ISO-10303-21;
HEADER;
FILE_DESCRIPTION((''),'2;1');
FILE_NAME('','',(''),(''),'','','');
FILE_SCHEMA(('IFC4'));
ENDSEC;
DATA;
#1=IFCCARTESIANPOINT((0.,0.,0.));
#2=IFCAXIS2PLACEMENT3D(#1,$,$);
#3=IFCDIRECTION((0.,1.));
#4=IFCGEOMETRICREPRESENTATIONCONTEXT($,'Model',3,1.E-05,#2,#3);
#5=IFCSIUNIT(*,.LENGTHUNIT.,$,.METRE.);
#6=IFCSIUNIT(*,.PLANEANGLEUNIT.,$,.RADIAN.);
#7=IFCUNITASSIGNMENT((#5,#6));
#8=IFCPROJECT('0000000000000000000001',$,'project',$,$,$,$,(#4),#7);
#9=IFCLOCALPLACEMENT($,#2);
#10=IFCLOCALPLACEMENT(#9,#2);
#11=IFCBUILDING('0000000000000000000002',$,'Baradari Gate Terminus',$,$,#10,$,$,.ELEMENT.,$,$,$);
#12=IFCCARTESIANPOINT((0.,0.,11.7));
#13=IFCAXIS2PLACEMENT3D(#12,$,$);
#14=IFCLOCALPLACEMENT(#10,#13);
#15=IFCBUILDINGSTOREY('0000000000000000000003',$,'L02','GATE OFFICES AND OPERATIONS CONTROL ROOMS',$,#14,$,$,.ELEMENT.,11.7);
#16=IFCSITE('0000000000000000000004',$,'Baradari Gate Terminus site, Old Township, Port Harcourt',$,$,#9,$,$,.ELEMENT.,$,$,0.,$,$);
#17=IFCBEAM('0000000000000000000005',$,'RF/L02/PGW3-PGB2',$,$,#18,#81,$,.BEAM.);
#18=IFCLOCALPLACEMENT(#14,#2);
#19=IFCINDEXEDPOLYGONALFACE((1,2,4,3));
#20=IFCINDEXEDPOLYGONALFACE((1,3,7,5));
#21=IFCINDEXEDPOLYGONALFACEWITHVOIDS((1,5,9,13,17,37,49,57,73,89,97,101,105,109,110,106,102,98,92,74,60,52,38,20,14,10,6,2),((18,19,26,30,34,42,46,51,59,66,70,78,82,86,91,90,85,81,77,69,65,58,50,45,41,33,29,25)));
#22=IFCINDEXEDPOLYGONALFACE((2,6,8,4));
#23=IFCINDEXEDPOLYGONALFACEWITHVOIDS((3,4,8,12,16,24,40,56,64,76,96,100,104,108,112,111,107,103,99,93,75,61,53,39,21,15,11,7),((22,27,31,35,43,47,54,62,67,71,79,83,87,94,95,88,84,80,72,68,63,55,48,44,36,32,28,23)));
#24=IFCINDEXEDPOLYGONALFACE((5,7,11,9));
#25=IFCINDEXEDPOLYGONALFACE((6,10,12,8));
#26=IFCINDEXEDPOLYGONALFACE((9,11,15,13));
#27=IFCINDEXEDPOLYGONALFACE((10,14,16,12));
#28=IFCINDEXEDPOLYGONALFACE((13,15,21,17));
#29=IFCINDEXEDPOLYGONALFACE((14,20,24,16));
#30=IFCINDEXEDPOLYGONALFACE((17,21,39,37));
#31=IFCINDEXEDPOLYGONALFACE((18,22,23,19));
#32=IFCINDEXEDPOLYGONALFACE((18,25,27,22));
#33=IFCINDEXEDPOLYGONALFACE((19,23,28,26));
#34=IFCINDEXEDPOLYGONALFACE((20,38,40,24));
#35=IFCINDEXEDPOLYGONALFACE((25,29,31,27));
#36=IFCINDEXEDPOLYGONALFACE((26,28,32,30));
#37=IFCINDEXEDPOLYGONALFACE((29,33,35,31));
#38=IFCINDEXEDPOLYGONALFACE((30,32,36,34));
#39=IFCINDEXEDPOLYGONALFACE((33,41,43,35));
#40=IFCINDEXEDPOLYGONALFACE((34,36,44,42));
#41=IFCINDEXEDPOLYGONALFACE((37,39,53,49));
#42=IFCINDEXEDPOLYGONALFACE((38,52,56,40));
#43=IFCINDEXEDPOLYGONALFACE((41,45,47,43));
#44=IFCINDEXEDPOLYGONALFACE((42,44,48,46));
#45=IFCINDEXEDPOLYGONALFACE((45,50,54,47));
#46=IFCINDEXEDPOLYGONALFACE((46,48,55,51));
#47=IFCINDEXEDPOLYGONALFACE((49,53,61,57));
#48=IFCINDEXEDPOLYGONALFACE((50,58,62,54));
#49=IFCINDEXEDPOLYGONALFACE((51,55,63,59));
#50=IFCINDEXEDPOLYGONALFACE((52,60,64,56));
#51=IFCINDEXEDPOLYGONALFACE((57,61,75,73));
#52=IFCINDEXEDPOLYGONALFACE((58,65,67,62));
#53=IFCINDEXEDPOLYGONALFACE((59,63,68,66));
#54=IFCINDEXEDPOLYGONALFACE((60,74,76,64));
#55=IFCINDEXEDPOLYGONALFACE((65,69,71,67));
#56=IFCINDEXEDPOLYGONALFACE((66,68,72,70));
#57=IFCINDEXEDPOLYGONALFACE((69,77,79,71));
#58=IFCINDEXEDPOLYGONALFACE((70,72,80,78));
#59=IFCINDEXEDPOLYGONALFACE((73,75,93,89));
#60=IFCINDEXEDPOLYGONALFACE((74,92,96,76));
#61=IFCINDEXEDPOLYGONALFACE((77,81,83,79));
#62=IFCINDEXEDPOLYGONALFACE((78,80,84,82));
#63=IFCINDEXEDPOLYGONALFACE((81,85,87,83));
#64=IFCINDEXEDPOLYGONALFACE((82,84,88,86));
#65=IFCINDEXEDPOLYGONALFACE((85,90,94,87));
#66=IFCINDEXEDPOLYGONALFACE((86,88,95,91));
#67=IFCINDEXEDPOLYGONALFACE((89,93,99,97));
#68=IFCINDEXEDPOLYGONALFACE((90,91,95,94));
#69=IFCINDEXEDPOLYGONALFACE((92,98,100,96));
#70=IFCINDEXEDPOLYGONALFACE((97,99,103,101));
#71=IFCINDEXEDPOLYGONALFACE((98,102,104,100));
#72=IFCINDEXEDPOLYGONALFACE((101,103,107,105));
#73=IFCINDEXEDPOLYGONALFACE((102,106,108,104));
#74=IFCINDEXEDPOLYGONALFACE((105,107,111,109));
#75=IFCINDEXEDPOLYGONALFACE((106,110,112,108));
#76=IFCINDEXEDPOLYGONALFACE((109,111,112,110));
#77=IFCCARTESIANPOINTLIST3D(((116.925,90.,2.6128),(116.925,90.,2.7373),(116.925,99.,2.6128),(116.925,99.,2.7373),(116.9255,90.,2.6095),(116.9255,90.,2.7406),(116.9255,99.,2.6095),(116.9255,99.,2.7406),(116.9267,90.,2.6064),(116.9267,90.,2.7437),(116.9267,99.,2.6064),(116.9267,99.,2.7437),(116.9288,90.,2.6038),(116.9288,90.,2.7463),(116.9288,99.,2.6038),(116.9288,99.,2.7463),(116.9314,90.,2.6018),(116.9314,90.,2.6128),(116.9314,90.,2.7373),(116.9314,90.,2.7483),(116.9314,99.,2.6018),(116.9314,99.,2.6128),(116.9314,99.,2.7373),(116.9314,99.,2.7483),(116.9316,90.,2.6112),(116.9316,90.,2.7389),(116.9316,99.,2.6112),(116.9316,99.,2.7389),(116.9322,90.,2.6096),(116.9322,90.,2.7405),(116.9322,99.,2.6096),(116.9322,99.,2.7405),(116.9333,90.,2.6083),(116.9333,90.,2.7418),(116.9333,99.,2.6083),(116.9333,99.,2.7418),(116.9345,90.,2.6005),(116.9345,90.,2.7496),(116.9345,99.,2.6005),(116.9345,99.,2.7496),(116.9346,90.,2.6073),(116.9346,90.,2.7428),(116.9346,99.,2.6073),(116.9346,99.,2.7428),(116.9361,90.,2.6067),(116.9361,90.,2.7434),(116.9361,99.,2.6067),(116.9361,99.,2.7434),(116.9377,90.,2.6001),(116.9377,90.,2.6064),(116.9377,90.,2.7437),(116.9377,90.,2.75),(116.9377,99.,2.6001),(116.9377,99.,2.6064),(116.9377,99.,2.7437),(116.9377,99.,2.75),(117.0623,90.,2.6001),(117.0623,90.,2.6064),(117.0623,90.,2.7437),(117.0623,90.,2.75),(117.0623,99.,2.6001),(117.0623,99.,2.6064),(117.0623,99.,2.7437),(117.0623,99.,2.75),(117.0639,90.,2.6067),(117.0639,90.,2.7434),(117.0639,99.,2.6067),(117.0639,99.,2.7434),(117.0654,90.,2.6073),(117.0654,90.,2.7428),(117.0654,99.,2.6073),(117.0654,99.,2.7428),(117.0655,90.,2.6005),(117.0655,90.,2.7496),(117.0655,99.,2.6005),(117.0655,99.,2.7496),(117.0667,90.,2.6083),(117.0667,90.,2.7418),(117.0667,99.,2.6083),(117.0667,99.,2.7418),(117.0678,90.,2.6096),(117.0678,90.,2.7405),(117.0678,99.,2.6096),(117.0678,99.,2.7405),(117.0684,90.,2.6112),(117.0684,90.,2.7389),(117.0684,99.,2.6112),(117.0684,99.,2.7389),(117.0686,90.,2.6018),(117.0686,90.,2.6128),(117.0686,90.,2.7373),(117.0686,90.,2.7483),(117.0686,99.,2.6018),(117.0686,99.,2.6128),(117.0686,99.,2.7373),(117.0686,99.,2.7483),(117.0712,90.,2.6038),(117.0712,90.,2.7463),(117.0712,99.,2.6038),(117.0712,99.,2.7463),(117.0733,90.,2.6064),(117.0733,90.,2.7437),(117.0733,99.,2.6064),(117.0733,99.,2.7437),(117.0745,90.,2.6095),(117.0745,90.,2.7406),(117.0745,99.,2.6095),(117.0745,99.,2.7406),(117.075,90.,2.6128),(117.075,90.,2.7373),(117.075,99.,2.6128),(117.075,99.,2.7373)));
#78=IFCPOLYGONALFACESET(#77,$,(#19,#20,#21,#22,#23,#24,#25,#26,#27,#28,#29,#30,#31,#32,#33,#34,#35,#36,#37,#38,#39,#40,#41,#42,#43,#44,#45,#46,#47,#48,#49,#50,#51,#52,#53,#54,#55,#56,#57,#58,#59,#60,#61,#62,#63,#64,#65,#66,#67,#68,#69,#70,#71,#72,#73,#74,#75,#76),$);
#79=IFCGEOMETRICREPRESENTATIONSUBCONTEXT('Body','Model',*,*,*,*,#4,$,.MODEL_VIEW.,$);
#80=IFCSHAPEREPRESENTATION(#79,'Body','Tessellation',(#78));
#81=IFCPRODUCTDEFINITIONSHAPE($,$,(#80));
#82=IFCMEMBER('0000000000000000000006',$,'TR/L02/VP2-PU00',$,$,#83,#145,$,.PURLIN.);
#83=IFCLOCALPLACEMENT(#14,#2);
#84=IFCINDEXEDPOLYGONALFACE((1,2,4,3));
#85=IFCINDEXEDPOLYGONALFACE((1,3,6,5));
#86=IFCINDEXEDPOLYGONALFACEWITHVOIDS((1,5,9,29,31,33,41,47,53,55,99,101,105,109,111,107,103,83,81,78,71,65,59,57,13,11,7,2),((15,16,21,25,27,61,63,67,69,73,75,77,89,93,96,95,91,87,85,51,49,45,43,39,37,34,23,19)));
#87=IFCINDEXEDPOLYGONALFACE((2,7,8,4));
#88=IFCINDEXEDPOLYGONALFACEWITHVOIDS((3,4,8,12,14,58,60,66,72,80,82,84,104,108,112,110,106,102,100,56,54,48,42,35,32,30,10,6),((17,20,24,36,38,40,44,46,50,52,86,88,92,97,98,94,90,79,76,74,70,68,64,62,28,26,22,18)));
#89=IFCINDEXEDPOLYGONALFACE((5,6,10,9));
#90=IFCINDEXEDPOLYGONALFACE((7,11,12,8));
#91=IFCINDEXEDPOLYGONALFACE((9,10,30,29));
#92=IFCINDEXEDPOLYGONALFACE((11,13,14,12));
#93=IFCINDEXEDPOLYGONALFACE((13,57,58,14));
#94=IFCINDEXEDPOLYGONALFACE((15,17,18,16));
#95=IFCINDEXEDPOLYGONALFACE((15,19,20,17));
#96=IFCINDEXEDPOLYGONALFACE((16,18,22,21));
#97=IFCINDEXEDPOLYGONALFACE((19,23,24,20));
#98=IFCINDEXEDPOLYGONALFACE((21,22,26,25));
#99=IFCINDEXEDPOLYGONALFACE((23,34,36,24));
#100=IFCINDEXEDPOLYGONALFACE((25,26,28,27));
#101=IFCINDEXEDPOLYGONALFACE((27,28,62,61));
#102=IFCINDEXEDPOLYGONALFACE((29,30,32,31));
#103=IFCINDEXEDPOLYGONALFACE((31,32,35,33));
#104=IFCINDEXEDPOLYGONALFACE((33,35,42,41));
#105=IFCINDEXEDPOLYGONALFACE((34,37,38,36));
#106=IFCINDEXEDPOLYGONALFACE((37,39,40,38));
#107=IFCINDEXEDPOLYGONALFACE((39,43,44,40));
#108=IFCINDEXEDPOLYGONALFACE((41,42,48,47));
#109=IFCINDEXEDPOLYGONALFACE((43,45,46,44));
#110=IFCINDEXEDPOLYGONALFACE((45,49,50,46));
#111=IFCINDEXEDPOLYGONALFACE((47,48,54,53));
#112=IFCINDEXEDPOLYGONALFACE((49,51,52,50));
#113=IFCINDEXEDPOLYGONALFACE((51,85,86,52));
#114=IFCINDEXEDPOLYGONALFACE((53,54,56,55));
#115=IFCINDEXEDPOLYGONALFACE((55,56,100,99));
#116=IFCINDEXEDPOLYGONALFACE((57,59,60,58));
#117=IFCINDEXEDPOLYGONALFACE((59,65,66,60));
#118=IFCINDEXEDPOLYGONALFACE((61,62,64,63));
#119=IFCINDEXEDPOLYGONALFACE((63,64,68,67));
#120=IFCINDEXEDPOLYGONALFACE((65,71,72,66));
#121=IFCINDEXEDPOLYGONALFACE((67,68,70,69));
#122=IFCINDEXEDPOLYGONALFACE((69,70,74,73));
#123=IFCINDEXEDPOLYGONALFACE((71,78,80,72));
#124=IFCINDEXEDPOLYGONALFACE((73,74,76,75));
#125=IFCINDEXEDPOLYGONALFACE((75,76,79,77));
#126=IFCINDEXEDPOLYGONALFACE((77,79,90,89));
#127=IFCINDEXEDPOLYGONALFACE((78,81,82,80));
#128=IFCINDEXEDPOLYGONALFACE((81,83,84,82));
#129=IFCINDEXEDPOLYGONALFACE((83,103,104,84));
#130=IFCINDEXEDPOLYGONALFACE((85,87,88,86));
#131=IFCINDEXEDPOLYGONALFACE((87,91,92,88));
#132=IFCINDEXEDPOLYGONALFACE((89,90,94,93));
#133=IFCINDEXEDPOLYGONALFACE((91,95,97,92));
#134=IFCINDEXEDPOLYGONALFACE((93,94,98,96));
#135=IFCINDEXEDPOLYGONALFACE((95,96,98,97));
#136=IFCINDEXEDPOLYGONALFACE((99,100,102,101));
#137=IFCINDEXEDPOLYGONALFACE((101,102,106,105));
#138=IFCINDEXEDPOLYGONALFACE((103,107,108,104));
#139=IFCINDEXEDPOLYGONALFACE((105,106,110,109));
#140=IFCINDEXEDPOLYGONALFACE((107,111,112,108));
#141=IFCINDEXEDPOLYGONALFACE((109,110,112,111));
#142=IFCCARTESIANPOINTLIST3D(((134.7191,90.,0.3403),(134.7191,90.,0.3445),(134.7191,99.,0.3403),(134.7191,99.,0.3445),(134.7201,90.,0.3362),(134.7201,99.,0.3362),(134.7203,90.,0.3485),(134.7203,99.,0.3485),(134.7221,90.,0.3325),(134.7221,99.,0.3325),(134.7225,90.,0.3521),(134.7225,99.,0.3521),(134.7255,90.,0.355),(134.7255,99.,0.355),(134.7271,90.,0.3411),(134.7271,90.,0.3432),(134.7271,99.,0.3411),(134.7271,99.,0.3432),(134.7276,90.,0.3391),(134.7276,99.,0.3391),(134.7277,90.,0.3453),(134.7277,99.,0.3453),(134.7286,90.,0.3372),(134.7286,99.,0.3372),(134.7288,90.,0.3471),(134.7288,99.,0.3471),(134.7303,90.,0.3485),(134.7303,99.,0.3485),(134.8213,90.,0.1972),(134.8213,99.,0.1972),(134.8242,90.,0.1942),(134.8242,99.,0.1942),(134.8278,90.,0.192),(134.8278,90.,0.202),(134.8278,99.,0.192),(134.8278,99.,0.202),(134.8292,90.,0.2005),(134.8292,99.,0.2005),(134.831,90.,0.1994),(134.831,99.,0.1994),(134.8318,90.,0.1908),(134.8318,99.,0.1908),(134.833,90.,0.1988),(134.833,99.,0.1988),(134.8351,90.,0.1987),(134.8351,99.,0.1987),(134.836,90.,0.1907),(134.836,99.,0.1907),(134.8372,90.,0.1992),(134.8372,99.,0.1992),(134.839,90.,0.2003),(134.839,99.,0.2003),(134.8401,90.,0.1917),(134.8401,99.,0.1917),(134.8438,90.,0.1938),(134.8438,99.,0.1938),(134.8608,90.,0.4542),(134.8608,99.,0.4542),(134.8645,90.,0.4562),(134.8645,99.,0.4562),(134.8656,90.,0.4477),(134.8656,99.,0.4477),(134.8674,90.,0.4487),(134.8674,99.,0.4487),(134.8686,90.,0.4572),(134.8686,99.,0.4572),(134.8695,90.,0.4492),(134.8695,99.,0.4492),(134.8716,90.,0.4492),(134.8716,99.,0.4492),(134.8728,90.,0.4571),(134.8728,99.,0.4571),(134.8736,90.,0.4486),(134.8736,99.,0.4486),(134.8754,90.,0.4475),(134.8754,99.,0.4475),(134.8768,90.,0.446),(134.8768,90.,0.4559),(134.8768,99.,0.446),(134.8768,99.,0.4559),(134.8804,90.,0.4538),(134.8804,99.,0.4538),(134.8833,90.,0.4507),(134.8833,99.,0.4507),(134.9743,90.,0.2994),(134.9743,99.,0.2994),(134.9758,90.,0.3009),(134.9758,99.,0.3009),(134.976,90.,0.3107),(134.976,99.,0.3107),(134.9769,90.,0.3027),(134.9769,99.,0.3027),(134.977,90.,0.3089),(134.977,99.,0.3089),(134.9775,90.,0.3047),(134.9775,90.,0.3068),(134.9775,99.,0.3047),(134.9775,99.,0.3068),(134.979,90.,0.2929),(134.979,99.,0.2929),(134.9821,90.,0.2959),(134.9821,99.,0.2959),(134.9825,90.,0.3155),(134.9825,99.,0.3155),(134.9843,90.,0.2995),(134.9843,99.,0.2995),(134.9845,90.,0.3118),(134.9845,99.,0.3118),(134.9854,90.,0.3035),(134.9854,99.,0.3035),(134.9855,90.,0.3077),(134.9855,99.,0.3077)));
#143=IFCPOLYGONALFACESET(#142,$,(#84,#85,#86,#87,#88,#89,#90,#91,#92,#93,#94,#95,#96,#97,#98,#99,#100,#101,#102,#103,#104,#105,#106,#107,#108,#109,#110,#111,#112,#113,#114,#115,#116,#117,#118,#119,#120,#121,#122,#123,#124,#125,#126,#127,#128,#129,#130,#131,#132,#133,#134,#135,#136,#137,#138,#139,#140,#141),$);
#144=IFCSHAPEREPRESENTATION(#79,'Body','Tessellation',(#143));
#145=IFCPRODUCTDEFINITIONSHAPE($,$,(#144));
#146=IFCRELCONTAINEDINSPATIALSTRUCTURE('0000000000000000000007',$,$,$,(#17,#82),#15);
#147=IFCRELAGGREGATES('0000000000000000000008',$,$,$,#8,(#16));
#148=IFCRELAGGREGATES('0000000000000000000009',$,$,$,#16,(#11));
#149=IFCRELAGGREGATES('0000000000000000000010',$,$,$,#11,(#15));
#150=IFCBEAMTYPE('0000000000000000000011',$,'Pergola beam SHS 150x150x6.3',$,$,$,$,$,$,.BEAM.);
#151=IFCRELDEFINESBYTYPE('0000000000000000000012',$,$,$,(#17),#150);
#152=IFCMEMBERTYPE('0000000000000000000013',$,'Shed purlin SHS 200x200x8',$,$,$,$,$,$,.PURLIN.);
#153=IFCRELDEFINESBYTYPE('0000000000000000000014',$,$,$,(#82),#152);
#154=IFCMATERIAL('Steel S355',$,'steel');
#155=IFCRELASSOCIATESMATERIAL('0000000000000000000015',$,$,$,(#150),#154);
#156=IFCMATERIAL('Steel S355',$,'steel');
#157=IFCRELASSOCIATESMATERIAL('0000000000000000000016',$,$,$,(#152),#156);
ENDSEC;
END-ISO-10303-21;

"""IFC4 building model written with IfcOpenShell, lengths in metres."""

from ifc_helpers import new_model, si_unit, direction, frame, origin, origin_2d, place, context, subcontext, project, spatial, hollow_rectangle, extrude, material, material_profile, profile_set, type_object, element, save


model = new_model("IFC4")

# Units and contexts
model_context = context("Model", 3, precision=1e-05, world=origin(), true_north=direction((0.0, 1.0)))
body_context = subcontext(model_context, "Body", "Model", "MODEL_VIEW")
ifc_project = project(units=[si_unit("LENGTHUNIT", "METRE"), si_unit("PLANEANGLEUNIT", "RADIAN")], contexts=[model_context])

# Site, building, storey
site_placement = place(None, origin())
site = spatial("IfcSite", under=ifc_project, at=site_placement, Name="Baradari Gate Terminus site, Old Township, Port Harcourt", CompositionType="ELEMENT", RefElevation=0.0)
building_placement = place(site_placement, origin())
building = spatial("IfcBuilding", under=site, at=building_placement, Name="Baradari Gate Terminus", CompositionType="ELEMENT")
storey_placement = place(building_placement, frame((0.0, 0.0, 11.7)))
storey = spatial("IfcBuildingStorey", under=building, at=storey_placement, Name="L02", Description="GATE OFFICES AND OPERATIONS CONTROL ROOMS", CompositionType="ELEMENT", Elevation=11.7)

# Beam
ifc_material_1 = material(Name="Steel S355", Category="steel")
ifc_material_profile_1 = material_profile(ifc_material_1, hollow_rectangle(XDim=0.1499, YDim=0.1499, WallThickness=0.0063, InnerFilletRadius=0.0063, OuterFilletRadius=0.0127, at=origin_2d()), Name="SHS 150x150x6.3")
ifc_profile_set_1 = profile_set([ifc_material_profile_1], Name="Steel S355")
beam_type = type_object("IfcBeamType", Name="Pergola beam SHS 150x150x6.3", PredefinedType="BEAM", material=ifc_profile_set_1)
beam_placement = place(storey_placement, frame((117.0, 90.0, 2.675), z_axis=(0.0, 1.0, 0.0), x_axis=(-1.0, 0.0, 0.0)))
element("IfcBeam", 1, at=beam_placement, inside=storey, type_object=beam_type, Name="RF/L02/PGW3-PGB2", PredefinedType="BEAM", context=body_context, shape_type="SweptSolid", body=[
    extrude(hollow_rectangle(XDim=0.1499, YDim=0.1499, WallThickness=0.0063, InnerFilletRadius=0.0063, OuterFilletRadius=0.0127, at=origin_2d()), origin(), (0.0, 0.0, 1.0), 9.0),
])

# Member
ifc_material_2 = material(Name="Steel S355", Category="steel")
ifc_material_profile_2 = material_profile(ifc_material_2, hollow_rectangle(XDim=0.2, YDim=0.2, WallThickness=0.0081, InnerFilletRadius=0.0081, OuterFilletRadius=0.0161, at=origin_2d()), Name="SHS 200x200x8")
ifc_profile_set_2 = profile_set([ifc_material_profile_2], Name="Steel S355")
member_type_1 = type_object("IfcMemberType", Name="Shed purlin SHS 200x200x8", PredefinedType="PURLIN", material=ifc_profile_set_2)
member_1_placement = place(storey_placement, frame((134.8523, 90.0, 0.324), z_axis=(0.0, 1.0, 0.0), x_axis=(-0.806405, 0.0, -0.591364)))
element("IfcMember", 2, at=member_1_placement, inside=storey, type_object=member_type_1, Name="TR/L02/VP2-PU00", PredefinedType="PURLIN", context=body_context, shape_type="SweptSolid", body=[
    extrude(hollow_rectangle(XDim=0.2, YDim=0.2, WallThickness=0.0081, InnerFilletRadius=0.0081, OuterFilletRadius=0.0161, at=origin_2d()), origin(), (0.0, 0.0, 1.0), 9.0),
])

save(model, "model.ifc")
